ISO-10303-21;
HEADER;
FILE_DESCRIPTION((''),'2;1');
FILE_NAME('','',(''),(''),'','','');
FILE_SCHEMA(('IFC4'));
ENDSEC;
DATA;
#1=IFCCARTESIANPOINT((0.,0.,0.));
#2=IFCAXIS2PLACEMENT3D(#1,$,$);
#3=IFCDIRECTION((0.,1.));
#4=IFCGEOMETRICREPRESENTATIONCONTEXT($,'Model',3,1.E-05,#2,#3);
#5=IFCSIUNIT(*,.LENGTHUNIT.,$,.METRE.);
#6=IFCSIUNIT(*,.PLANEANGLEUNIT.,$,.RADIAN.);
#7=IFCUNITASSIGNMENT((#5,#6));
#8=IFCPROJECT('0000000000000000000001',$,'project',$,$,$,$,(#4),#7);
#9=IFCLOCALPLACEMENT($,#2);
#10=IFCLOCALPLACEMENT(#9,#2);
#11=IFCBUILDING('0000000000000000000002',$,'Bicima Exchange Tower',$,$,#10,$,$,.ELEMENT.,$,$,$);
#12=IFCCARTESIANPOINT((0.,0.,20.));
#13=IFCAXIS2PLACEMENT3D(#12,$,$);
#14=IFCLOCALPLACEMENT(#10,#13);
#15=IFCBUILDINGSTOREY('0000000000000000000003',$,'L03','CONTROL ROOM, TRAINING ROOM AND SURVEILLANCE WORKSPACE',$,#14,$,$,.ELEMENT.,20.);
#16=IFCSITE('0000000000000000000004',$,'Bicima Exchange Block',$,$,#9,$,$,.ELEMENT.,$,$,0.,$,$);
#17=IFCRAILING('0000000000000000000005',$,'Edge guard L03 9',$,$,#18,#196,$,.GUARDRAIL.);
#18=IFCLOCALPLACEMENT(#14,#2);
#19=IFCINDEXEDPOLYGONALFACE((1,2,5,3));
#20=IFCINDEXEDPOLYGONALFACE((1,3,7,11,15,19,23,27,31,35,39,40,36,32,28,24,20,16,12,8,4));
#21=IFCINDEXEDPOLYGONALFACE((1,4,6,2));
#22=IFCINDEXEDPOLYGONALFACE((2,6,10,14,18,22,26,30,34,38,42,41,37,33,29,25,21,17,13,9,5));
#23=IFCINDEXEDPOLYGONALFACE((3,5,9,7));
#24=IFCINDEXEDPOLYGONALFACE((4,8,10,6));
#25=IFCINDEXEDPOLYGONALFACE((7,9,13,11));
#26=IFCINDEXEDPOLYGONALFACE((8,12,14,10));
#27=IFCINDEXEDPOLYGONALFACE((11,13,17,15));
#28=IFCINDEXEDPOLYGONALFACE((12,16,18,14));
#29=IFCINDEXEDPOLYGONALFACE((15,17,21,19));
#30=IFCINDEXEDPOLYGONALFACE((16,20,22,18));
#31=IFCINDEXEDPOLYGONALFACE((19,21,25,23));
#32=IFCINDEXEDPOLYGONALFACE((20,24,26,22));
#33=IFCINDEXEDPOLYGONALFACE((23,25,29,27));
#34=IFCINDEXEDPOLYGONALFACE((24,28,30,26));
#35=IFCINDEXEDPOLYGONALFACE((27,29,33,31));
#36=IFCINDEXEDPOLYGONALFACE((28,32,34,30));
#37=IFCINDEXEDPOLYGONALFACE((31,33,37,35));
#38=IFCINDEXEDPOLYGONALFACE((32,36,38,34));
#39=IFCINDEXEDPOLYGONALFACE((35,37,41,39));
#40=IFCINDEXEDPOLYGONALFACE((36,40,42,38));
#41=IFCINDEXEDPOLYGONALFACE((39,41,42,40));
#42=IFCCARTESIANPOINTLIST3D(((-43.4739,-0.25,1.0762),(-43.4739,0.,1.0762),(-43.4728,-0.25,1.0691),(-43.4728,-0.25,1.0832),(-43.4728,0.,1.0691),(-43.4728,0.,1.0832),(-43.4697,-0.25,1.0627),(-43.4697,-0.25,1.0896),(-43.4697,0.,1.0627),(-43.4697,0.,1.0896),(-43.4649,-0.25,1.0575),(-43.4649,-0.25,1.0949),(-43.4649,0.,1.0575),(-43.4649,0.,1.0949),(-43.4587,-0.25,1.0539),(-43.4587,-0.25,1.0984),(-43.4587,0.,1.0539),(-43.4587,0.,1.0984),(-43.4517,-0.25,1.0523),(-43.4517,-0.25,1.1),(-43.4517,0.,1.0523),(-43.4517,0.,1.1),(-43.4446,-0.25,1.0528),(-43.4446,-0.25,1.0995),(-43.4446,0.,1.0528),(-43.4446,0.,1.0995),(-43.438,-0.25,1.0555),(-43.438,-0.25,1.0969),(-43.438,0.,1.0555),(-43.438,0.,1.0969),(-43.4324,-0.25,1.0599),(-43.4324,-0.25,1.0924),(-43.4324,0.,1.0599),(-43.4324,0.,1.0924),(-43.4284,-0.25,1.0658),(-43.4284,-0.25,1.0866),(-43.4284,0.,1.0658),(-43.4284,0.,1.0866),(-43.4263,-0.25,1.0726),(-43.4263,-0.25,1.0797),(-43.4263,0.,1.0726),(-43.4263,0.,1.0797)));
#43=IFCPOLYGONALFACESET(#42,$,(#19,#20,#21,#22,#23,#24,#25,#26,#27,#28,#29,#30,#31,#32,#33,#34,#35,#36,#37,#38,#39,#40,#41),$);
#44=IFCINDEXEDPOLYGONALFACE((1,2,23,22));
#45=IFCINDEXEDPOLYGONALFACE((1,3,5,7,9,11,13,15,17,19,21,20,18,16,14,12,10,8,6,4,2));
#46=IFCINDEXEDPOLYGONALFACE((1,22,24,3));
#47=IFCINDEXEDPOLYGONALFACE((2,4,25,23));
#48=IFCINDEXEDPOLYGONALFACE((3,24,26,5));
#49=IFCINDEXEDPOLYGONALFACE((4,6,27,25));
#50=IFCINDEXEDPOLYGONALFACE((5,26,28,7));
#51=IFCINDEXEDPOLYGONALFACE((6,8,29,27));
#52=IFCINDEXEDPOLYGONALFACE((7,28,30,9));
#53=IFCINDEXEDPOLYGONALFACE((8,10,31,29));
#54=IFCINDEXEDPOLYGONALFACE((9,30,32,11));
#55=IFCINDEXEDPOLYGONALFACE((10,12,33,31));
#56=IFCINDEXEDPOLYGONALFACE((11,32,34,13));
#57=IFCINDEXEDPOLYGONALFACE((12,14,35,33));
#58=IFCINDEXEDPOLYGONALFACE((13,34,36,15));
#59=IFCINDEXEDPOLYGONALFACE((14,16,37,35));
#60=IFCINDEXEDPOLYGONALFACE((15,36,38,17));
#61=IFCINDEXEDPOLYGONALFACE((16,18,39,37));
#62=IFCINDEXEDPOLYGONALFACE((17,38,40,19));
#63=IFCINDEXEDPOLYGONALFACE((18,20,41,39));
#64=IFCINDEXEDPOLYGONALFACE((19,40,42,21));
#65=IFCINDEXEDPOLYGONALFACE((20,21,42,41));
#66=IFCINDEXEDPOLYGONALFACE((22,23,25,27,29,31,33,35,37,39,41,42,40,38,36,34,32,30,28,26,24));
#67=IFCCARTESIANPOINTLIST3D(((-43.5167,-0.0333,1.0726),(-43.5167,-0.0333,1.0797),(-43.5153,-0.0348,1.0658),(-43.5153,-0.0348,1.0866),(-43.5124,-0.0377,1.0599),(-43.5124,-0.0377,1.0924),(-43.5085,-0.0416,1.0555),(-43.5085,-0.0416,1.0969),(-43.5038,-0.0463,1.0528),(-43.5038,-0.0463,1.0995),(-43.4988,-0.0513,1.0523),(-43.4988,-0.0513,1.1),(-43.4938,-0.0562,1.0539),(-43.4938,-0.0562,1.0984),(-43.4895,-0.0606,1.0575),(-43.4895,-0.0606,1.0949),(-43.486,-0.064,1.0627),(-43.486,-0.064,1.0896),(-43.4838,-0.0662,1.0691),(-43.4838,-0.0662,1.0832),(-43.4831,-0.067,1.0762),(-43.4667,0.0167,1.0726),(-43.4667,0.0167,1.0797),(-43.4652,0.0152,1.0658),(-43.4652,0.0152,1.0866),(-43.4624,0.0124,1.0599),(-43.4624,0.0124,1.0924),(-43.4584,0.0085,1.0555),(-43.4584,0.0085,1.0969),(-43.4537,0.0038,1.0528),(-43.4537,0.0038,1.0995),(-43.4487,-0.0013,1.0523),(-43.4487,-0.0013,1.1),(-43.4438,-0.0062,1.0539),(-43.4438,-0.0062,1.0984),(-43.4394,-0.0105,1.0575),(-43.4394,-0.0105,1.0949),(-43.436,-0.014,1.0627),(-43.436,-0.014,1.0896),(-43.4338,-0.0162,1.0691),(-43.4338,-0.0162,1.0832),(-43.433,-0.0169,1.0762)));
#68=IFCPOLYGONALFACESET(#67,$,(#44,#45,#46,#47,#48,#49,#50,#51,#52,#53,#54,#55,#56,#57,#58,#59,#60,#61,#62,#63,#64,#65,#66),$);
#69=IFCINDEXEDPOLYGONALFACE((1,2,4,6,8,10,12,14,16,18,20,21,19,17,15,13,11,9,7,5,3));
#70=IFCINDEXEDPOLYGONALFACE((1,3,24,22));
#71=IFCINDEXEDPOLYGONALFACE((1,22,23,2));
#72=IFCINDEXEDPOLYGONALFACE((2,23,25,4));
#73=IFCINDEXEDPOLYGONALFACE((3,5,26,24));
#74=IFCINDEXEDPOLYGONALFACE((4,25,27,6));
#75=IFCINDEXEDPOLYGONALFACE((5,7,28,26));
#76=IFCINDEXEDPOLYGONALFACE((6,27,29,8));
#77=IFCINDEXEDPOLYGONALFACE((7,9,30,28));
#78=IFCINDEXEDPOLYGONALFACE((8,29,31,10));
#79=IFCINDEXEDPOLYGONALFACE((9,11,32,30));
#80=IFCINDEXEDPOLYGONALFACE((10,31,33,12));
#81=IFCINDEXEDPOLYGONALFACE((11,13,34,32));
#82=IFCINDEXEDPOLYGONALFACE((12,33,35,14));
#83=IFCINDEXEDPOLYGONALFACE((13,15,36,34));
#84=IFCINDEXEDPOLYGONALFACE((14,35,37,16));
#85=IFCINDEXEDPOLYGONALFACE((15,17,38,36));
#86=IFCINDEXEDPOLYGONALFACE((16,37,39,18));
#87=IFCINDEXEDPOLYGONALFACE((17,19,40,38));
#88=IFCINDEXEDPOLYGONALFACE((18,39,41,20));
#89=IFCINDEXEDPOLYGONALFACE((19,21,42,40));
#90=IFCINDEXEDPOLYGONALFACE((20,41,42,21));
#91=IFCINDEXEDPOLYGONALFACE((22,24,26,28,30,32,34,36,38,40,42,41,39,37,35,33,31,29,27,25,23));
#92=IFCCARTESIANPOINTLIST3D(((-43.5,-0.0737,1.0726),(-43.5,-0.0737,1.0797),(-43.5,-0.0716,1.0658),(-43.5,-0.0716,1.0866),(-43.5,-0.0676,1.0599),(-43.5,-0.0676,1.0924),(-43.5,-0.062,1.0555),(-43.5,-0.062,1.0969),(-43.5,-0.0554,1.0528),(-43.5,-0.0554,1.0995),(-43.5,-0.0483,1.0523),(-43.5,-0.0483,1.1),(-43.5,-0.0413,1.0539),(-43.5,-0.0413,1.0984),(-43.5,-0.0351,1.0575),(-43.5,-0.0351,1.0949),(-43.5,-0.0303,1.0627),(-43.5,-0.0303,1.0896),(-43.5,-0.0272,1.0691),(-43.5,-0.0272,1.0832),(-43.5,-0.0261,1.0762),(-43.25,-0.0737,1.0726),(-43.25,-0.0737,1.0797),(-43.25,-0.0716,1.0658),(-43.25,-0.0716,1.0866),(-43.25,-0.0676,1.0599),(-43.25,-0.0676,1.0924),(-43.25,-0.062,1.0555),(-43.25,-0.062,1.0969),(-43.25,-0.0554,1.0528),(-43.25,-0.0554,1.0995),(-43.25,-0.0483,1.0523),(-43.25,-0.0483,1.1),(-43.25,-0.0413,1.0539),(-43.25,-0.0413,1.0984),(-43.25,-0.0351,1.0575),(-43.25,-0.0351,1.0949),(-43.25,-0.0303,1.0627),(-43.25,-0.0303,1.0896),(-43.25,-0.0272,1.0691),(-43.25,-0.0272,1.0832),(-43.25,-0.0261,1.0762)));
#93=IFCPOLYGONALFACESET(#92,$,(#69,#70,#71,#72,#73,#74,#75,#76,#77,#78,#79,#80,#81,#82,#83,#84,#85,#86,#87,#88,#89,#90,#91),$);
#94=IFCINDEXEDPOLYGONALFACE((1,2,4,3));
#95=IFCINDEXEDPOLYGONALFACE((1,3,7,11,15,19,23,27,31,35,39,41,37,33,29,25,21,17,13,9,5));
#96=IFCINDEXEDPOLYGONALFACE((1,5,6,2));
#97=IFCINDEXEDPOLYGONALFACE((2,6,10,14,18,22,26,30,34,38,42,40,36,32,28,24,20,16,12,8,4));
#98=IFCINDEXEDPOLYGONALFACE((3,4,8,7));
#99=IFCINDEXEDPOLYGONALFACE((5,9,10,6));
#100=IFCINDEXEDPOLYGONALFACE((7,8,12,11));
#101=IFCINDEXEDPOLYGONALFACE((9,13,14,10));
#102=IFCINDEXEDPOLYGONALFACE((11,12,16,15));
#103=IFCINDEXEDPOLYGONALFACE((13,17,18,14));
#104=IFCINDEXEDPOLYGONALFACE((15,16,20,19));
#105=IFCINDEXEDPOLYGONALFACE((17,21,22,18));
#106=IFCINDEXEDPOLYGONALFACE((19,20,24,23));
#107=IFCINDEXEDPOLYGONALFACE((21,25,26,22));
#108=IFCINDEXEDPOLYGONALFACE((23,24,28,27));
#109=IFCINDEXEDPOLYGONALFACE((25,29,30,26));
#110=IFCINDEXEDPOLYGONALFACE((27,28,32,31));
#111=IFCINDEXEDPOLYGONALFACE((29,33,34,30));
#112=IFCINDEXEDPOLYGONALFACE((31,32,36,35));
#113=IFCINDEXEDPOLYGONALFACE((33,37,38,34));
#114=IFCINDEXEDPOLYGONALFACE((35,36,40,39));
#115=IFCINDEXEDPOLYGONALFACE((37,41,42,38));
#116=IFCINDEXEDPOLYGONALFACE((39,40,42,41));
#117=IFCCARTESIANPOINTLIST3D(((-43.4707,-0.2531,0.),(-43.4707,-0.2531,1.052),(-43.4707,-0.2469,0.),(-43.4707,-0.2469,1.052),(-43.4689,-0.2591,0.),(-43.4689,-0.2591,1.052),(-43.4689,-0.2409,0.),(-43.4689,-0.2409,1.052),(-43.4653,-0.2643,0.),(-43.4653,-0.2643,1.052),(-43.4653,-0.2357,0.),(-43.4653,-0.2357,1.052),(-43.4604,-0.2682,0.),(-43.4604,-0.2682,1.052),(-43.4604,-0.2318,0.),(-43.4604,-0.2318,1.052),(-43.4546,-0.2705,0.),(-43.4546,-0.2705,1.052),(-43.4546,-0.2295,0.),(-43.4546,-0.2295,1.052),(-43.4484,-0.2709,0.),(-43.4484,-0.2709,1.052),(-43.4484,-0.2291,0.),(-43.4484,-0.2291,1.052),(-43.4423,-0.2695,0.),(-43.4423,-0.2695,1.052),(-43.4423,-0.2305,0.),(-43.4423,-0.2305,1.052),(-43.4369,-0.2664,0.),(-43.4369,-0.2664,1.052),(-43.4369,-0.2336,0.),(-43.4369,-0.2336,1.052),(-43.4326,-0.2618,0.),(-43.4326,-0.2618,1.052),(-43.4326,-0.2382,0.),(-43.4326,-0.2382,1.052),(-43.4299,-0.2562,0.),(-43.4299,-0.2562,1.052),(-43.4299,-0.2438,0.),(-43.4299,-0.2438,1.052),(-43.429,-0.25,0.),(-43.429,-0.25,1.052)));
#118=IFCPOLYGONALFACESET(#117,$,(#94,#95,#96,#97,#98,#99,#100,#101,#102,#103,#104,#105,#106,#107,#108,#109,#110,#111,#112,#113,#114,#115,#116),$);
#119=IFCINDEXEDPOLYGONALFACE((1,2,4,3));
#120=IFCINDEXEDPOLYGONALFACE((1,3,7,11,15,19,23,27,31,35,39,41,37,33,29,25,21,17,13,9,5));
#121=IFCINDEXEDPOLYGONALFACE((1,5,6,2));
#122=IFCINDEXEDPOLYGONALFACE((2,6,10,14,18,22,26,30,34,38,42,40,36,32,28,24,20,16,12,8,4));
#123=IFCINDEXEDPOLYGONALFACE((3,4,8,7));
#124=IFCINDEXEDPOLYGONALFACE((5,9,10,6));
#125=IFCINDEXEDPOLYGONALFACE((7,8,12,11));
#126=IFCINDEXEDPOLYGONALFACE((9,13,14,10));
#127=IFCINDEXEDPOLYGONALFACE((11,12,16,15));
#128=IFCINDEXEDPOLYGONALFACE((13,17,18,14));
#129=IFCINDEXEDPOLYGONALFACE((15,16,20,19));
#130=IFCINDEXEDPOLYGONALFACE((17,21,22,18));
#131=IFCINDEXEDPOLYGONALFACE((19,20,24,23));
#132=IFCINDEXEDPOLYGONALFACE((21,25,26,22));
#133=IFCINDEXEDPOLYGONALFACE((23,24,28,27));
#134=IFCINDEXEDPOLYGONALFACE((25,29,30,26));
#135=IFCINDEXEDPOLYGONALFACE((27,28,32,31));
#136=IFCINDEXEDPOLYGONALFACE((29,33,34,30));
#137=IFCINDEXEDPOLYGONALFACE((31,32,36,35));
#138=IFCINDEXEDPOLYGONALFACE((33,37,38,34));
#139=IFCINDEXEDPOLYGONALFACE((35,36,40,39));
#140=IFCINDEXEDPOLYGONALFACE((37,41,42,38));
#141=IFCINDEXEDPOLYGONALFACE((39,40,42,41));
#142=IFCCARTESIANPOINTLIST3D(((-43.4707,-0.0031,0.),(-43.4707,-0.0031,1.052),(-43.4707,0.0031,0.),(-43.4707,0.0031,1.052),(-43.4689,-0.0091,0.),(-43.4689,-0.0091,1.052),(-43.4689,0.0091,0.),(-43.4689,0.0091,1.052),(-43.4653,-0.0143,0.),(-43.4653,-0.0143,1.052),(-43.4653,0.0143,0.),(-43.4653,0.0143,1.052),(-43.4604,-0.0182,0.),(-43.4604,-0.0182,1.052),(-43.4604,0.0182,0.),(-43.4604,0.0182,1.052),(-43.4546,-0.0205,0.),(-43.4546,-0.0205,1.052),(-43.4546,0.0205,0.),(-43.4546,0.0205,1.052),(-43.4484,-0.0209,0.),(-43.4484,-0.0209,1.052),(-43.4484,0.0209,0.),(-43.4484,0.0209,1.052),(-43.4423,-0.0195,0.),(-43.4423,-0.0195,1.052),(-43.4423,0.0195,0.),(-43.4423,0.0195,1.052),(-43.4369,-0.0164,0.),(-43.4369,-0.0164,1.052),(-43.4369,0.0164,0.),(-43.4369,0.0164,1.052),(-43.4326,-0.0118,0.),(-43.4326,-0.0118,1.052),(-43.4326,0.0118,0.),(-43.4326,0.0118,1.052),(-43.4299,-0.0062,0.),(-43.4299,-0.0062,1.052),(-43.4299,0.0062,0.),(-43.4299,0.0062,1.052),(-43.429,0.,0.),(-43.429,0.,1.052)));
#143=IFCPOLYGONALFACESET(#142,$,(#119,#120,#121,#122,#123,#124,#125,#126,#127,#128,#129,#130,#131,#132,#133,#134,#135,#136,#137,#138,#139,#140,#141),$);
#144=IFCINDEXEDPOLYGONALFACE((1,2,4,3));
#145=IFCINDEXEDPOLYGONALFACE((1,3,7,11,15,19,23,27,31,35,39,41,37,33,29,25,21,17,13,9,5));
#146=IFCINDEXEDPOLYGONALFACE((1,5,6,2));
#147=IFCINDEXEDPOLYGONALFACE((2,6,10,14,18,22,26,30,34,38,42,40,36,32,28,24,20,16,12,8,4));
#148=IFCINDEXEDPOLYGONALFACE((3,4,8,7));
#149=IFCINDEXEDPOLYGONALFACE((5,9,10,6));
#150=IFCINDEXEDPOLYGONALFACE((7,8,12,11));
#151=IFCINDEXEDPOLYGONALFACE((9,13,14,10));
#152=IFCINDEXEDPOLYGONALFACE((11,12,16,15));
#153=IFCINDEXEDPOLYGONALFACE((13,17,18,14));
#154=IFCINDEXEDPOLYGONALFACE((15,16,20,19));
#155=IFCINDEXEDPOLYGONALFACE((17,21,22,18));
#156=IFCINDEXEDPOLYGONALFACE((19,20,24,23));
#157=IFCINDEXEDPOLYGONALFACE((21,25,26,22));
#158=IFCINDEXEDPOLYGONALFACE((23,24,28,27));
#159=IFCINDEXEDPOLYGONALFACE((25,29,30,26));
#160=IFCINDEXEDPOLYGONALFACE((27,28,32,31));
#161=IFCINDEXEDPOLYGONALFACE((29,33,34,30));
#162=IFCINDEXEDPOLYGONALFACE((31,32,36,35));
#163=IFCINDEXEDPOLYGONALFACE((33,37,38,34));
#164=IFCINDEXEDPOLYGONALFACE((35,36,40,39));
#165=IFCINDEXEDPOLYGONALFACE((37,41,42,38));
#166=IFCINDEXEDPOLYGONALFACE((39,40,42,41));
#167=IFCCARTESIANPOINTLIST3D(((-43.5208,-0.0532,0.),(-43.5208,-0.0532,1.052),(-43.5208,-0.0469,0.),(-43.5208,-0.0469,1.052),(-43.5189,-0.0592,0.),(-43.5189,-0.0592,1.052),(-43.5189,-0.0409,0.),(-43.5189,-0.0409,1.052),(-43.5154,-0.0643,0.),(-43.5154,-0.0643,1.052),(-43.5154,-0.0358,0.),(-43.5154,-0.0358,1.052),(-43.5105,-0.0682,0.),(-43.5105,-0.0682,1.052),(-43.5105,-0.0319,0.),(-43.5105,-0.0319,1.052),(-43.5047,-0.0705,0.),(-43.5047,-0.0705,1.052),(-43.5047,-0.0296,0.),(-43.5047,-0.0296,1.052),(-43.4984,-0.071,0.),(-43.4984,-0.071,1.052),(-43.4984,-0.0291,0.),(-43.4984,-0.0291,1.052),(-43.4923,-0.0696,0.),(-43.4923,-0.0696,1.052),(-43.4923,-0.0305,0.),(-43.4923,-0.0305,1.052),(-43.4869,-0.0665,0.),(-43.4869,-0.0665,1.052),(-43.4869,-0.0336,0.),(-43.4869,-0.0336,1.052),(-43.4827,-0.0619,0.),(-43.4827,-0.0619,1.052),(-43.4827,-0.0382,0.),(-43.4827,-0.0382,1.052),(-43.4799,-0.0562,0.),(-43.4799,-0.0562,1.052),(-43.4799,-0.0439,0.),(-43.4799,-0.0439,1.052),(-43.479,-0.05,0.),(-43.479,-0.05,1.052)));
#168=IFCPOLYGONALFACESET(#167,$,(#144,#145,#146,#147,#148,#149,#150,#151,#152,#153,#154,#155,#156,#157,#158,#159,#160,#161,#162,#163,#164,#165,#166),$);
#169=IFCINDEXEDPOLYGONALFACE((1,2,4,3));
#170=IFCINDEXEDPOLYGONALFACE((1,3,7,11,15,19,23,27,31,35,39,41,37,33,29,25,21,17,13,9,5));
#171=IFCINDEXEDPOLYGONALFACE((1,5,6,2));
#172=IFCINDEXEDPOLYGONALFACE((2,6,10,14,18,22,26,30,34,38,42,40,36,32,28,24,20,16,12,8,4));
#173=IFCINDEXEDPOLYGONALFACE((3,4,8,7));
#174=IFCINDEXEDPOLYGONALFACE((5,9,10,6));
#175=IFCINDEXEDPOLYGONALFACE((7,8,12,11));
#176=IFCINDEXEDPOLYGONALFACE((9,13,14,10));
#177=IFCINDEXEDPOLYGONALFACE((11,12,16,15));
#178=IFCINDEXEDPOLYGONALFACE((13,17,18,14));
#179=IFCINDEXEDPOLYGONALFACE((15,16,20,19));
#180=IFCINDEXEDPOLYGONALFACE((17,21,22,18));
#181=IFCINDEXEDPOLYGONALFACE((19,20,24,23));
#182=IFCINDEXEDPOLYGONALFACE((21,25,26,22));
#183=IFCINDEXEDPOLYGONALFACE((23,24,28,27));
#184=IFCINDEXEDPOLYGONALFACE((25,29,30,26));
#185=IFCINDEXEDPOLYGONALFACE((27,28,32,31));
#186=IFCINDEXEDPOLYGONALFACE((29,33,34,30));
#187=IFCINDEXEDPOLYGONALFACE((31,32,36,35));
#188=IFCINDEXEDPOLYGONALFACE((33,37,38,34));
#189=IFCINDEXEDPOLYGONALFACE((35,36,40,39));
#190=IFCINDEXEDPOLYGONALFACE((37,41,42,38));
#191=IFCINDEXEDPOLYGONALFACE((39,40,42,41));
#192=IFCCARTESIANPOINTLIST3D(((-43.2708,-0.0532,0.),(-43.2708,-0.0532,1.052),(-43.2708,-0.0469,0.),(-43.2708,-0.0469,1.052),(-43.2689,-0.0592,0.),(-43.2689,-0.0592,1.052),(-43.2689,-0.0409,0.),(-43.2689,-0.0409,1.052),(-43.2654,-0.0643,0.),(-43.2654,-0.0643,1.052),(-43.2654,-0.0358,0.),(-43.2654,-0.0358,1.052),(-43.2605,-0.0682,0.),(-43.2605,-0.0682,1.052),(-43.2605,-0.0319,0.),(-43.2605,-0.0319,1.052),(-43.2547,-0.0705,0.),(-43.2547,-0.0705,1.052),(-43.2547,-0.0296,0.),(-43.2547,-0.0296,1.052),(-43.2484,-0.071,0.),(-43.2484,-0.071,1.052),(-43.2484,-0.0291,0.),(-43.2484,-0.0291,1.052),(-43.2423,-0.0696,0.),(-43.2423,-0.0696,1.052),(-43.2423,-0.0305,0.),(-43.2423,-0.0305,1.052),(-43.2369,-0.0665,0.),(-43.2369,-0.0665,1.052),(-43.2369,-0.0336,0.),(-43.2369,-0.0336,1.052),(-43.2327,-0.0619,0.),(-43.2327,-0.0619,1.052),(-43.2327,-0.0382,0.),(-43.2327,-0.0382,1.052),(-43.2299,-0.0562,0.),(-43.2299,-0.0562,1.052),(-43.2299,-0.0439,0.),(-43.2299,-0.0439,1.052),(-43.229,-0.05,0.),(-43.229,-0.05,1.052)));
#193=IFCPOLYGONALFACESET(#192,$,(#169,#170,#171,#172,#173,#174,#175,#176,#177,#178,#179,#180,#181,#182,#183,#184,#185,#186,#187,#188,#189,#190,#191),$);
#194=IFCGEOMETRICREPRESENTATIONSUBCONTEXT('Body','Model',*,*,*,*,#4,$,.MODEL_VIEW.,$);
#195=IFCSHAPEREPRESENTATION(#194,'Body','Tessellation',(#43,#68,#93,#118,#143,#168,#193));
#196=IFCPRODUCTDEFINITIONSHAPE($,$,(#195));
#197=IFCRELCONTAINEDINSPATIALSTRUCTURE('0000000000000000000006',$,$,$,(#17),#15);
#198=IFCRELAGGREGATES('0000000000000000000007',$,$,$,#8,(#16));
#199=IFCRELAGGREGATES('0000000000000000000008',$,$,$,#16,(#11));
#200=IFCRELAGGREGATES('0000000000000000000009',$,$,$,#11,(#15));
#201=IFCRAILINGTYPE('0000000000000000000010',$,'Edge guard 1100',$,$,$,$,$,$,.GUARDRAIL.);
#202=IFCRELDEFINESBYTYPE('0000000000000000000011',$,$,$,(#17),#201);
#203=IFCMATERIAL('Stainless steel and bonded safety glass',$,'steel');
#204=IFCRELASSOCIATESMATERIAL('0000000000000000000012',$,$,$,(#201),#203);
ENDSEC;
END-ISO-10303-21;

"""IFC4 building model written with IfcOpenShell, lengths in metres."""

from ifc_helpers import new_model, si_unit, direction, frame, origin, origin_2d, place, context, subcontext, project, spatial, circle, extrude, material, type_object, element, save


model = new_model("IFC4")

# Units and contexts
model_context = context("Model", 3, precision=1e-05, world=origin(), true_north=direction((0.0, 1.0)))
body_context = subcontext(model_context, "Body", "Model", "MODEL_VIEW")
ifc_project = project(units=[si_unit("LENGTHUNIT", "METRE"), si_unit("PLANEANGLEUNIT", "RADIAN")], contexts=[model_context])

# Site, building, storey
site_placement = place(None, origin())
site = spatial("IfcSite", under=ifc_project, at=site_placement, Name="Bicima Exchange Block", CompositionType="ELEMENT", RefElevation=0.0)
building_placement = place(site_placement, origin())
building = spatial("IfcBuilding", under=site, at=building_placement, Name="Bicima Exchange Tower", CompositionType="ELEMENT")
storey_placement = place(building_placement, frame((0.0, 0.0, 20.0)))
storey = spatial("IfcBuildingStorey", under=building, at=storey_placement, Name="L03", Description="CONTROL ROOM, TRAINING ROOM AND SURVEILLANCE WORKSPACE", CompositionType="ELEMENT", Elevation=20.0)

# Railing
ifc_material_1 = material(Name="Stainless steel and bonded safety glass", Category="steel")
railing_type = type_object("IfcRailingType", Name="Edge guard 1100", PredefinedType="GUARDRAIL", material=ifc_material_1)
railing_placement = place(storey_placement, frame((-43.45, -0.25, 0.0)))
element("IfcRailing", 1, at=railing_placement, inside=storey, type_object=railing_type, Name="Edge guard L03 9", PredefinedType="GUARDRAIL", context=body_context, shape_type="SweptSolid", body=[
    extrude(circle(Radius=0.0239, at=origin_2d()), frame((0.0, 0.0, 1.0762), z_axis=(0.0, 1.0, 0.0), x_axis=(-1.0, 0.0, 0.0)), (0.0, 0.0, 1.0), 0.25),
    extrude(circle(Radius=0.0239, at=origin_2d()), frame((0.0, 0.25, 1.0762), z_axis=(-0.707107, -0.707107, 0.0), x_axis=(0.707107, -0.707107, 0.0)), (0.0, 0.0, 1.0), 0.0708),
    extrude(circle(Radius=0.0239, at=origin_2d()), frame((-0.05, 0.2, 1.0762), z_axis=(1.0, 0.0, 0.0), x_axis=(0.0, 1.0, 0.0)), (0.0, 0.0, 1.0), 0.25),
    extrude(circle(Radius=0.021, at=origin_2d()), origin(), (0.0, 0.0, 1.0), 1.052),
    extrude(circle(Radius=0.021, at=origin_2d()), frame((0.0, 0.25, 0.0)), (0.0, 0.0, 1.0), 1.052),
    extrude(circle(Radius=0.021, at=origin_2d()), frame((-0.05, 0.2, 0.0)), (0.0, 0.0, 1.0), 1.052),
    extrude(circle(Radius=0.021, at=origin_2d()), frame((0.2, 0.2, 0.0)), (0.0, 0.0, 1.0), 1.052),
])

save(model, "model.ifc")
